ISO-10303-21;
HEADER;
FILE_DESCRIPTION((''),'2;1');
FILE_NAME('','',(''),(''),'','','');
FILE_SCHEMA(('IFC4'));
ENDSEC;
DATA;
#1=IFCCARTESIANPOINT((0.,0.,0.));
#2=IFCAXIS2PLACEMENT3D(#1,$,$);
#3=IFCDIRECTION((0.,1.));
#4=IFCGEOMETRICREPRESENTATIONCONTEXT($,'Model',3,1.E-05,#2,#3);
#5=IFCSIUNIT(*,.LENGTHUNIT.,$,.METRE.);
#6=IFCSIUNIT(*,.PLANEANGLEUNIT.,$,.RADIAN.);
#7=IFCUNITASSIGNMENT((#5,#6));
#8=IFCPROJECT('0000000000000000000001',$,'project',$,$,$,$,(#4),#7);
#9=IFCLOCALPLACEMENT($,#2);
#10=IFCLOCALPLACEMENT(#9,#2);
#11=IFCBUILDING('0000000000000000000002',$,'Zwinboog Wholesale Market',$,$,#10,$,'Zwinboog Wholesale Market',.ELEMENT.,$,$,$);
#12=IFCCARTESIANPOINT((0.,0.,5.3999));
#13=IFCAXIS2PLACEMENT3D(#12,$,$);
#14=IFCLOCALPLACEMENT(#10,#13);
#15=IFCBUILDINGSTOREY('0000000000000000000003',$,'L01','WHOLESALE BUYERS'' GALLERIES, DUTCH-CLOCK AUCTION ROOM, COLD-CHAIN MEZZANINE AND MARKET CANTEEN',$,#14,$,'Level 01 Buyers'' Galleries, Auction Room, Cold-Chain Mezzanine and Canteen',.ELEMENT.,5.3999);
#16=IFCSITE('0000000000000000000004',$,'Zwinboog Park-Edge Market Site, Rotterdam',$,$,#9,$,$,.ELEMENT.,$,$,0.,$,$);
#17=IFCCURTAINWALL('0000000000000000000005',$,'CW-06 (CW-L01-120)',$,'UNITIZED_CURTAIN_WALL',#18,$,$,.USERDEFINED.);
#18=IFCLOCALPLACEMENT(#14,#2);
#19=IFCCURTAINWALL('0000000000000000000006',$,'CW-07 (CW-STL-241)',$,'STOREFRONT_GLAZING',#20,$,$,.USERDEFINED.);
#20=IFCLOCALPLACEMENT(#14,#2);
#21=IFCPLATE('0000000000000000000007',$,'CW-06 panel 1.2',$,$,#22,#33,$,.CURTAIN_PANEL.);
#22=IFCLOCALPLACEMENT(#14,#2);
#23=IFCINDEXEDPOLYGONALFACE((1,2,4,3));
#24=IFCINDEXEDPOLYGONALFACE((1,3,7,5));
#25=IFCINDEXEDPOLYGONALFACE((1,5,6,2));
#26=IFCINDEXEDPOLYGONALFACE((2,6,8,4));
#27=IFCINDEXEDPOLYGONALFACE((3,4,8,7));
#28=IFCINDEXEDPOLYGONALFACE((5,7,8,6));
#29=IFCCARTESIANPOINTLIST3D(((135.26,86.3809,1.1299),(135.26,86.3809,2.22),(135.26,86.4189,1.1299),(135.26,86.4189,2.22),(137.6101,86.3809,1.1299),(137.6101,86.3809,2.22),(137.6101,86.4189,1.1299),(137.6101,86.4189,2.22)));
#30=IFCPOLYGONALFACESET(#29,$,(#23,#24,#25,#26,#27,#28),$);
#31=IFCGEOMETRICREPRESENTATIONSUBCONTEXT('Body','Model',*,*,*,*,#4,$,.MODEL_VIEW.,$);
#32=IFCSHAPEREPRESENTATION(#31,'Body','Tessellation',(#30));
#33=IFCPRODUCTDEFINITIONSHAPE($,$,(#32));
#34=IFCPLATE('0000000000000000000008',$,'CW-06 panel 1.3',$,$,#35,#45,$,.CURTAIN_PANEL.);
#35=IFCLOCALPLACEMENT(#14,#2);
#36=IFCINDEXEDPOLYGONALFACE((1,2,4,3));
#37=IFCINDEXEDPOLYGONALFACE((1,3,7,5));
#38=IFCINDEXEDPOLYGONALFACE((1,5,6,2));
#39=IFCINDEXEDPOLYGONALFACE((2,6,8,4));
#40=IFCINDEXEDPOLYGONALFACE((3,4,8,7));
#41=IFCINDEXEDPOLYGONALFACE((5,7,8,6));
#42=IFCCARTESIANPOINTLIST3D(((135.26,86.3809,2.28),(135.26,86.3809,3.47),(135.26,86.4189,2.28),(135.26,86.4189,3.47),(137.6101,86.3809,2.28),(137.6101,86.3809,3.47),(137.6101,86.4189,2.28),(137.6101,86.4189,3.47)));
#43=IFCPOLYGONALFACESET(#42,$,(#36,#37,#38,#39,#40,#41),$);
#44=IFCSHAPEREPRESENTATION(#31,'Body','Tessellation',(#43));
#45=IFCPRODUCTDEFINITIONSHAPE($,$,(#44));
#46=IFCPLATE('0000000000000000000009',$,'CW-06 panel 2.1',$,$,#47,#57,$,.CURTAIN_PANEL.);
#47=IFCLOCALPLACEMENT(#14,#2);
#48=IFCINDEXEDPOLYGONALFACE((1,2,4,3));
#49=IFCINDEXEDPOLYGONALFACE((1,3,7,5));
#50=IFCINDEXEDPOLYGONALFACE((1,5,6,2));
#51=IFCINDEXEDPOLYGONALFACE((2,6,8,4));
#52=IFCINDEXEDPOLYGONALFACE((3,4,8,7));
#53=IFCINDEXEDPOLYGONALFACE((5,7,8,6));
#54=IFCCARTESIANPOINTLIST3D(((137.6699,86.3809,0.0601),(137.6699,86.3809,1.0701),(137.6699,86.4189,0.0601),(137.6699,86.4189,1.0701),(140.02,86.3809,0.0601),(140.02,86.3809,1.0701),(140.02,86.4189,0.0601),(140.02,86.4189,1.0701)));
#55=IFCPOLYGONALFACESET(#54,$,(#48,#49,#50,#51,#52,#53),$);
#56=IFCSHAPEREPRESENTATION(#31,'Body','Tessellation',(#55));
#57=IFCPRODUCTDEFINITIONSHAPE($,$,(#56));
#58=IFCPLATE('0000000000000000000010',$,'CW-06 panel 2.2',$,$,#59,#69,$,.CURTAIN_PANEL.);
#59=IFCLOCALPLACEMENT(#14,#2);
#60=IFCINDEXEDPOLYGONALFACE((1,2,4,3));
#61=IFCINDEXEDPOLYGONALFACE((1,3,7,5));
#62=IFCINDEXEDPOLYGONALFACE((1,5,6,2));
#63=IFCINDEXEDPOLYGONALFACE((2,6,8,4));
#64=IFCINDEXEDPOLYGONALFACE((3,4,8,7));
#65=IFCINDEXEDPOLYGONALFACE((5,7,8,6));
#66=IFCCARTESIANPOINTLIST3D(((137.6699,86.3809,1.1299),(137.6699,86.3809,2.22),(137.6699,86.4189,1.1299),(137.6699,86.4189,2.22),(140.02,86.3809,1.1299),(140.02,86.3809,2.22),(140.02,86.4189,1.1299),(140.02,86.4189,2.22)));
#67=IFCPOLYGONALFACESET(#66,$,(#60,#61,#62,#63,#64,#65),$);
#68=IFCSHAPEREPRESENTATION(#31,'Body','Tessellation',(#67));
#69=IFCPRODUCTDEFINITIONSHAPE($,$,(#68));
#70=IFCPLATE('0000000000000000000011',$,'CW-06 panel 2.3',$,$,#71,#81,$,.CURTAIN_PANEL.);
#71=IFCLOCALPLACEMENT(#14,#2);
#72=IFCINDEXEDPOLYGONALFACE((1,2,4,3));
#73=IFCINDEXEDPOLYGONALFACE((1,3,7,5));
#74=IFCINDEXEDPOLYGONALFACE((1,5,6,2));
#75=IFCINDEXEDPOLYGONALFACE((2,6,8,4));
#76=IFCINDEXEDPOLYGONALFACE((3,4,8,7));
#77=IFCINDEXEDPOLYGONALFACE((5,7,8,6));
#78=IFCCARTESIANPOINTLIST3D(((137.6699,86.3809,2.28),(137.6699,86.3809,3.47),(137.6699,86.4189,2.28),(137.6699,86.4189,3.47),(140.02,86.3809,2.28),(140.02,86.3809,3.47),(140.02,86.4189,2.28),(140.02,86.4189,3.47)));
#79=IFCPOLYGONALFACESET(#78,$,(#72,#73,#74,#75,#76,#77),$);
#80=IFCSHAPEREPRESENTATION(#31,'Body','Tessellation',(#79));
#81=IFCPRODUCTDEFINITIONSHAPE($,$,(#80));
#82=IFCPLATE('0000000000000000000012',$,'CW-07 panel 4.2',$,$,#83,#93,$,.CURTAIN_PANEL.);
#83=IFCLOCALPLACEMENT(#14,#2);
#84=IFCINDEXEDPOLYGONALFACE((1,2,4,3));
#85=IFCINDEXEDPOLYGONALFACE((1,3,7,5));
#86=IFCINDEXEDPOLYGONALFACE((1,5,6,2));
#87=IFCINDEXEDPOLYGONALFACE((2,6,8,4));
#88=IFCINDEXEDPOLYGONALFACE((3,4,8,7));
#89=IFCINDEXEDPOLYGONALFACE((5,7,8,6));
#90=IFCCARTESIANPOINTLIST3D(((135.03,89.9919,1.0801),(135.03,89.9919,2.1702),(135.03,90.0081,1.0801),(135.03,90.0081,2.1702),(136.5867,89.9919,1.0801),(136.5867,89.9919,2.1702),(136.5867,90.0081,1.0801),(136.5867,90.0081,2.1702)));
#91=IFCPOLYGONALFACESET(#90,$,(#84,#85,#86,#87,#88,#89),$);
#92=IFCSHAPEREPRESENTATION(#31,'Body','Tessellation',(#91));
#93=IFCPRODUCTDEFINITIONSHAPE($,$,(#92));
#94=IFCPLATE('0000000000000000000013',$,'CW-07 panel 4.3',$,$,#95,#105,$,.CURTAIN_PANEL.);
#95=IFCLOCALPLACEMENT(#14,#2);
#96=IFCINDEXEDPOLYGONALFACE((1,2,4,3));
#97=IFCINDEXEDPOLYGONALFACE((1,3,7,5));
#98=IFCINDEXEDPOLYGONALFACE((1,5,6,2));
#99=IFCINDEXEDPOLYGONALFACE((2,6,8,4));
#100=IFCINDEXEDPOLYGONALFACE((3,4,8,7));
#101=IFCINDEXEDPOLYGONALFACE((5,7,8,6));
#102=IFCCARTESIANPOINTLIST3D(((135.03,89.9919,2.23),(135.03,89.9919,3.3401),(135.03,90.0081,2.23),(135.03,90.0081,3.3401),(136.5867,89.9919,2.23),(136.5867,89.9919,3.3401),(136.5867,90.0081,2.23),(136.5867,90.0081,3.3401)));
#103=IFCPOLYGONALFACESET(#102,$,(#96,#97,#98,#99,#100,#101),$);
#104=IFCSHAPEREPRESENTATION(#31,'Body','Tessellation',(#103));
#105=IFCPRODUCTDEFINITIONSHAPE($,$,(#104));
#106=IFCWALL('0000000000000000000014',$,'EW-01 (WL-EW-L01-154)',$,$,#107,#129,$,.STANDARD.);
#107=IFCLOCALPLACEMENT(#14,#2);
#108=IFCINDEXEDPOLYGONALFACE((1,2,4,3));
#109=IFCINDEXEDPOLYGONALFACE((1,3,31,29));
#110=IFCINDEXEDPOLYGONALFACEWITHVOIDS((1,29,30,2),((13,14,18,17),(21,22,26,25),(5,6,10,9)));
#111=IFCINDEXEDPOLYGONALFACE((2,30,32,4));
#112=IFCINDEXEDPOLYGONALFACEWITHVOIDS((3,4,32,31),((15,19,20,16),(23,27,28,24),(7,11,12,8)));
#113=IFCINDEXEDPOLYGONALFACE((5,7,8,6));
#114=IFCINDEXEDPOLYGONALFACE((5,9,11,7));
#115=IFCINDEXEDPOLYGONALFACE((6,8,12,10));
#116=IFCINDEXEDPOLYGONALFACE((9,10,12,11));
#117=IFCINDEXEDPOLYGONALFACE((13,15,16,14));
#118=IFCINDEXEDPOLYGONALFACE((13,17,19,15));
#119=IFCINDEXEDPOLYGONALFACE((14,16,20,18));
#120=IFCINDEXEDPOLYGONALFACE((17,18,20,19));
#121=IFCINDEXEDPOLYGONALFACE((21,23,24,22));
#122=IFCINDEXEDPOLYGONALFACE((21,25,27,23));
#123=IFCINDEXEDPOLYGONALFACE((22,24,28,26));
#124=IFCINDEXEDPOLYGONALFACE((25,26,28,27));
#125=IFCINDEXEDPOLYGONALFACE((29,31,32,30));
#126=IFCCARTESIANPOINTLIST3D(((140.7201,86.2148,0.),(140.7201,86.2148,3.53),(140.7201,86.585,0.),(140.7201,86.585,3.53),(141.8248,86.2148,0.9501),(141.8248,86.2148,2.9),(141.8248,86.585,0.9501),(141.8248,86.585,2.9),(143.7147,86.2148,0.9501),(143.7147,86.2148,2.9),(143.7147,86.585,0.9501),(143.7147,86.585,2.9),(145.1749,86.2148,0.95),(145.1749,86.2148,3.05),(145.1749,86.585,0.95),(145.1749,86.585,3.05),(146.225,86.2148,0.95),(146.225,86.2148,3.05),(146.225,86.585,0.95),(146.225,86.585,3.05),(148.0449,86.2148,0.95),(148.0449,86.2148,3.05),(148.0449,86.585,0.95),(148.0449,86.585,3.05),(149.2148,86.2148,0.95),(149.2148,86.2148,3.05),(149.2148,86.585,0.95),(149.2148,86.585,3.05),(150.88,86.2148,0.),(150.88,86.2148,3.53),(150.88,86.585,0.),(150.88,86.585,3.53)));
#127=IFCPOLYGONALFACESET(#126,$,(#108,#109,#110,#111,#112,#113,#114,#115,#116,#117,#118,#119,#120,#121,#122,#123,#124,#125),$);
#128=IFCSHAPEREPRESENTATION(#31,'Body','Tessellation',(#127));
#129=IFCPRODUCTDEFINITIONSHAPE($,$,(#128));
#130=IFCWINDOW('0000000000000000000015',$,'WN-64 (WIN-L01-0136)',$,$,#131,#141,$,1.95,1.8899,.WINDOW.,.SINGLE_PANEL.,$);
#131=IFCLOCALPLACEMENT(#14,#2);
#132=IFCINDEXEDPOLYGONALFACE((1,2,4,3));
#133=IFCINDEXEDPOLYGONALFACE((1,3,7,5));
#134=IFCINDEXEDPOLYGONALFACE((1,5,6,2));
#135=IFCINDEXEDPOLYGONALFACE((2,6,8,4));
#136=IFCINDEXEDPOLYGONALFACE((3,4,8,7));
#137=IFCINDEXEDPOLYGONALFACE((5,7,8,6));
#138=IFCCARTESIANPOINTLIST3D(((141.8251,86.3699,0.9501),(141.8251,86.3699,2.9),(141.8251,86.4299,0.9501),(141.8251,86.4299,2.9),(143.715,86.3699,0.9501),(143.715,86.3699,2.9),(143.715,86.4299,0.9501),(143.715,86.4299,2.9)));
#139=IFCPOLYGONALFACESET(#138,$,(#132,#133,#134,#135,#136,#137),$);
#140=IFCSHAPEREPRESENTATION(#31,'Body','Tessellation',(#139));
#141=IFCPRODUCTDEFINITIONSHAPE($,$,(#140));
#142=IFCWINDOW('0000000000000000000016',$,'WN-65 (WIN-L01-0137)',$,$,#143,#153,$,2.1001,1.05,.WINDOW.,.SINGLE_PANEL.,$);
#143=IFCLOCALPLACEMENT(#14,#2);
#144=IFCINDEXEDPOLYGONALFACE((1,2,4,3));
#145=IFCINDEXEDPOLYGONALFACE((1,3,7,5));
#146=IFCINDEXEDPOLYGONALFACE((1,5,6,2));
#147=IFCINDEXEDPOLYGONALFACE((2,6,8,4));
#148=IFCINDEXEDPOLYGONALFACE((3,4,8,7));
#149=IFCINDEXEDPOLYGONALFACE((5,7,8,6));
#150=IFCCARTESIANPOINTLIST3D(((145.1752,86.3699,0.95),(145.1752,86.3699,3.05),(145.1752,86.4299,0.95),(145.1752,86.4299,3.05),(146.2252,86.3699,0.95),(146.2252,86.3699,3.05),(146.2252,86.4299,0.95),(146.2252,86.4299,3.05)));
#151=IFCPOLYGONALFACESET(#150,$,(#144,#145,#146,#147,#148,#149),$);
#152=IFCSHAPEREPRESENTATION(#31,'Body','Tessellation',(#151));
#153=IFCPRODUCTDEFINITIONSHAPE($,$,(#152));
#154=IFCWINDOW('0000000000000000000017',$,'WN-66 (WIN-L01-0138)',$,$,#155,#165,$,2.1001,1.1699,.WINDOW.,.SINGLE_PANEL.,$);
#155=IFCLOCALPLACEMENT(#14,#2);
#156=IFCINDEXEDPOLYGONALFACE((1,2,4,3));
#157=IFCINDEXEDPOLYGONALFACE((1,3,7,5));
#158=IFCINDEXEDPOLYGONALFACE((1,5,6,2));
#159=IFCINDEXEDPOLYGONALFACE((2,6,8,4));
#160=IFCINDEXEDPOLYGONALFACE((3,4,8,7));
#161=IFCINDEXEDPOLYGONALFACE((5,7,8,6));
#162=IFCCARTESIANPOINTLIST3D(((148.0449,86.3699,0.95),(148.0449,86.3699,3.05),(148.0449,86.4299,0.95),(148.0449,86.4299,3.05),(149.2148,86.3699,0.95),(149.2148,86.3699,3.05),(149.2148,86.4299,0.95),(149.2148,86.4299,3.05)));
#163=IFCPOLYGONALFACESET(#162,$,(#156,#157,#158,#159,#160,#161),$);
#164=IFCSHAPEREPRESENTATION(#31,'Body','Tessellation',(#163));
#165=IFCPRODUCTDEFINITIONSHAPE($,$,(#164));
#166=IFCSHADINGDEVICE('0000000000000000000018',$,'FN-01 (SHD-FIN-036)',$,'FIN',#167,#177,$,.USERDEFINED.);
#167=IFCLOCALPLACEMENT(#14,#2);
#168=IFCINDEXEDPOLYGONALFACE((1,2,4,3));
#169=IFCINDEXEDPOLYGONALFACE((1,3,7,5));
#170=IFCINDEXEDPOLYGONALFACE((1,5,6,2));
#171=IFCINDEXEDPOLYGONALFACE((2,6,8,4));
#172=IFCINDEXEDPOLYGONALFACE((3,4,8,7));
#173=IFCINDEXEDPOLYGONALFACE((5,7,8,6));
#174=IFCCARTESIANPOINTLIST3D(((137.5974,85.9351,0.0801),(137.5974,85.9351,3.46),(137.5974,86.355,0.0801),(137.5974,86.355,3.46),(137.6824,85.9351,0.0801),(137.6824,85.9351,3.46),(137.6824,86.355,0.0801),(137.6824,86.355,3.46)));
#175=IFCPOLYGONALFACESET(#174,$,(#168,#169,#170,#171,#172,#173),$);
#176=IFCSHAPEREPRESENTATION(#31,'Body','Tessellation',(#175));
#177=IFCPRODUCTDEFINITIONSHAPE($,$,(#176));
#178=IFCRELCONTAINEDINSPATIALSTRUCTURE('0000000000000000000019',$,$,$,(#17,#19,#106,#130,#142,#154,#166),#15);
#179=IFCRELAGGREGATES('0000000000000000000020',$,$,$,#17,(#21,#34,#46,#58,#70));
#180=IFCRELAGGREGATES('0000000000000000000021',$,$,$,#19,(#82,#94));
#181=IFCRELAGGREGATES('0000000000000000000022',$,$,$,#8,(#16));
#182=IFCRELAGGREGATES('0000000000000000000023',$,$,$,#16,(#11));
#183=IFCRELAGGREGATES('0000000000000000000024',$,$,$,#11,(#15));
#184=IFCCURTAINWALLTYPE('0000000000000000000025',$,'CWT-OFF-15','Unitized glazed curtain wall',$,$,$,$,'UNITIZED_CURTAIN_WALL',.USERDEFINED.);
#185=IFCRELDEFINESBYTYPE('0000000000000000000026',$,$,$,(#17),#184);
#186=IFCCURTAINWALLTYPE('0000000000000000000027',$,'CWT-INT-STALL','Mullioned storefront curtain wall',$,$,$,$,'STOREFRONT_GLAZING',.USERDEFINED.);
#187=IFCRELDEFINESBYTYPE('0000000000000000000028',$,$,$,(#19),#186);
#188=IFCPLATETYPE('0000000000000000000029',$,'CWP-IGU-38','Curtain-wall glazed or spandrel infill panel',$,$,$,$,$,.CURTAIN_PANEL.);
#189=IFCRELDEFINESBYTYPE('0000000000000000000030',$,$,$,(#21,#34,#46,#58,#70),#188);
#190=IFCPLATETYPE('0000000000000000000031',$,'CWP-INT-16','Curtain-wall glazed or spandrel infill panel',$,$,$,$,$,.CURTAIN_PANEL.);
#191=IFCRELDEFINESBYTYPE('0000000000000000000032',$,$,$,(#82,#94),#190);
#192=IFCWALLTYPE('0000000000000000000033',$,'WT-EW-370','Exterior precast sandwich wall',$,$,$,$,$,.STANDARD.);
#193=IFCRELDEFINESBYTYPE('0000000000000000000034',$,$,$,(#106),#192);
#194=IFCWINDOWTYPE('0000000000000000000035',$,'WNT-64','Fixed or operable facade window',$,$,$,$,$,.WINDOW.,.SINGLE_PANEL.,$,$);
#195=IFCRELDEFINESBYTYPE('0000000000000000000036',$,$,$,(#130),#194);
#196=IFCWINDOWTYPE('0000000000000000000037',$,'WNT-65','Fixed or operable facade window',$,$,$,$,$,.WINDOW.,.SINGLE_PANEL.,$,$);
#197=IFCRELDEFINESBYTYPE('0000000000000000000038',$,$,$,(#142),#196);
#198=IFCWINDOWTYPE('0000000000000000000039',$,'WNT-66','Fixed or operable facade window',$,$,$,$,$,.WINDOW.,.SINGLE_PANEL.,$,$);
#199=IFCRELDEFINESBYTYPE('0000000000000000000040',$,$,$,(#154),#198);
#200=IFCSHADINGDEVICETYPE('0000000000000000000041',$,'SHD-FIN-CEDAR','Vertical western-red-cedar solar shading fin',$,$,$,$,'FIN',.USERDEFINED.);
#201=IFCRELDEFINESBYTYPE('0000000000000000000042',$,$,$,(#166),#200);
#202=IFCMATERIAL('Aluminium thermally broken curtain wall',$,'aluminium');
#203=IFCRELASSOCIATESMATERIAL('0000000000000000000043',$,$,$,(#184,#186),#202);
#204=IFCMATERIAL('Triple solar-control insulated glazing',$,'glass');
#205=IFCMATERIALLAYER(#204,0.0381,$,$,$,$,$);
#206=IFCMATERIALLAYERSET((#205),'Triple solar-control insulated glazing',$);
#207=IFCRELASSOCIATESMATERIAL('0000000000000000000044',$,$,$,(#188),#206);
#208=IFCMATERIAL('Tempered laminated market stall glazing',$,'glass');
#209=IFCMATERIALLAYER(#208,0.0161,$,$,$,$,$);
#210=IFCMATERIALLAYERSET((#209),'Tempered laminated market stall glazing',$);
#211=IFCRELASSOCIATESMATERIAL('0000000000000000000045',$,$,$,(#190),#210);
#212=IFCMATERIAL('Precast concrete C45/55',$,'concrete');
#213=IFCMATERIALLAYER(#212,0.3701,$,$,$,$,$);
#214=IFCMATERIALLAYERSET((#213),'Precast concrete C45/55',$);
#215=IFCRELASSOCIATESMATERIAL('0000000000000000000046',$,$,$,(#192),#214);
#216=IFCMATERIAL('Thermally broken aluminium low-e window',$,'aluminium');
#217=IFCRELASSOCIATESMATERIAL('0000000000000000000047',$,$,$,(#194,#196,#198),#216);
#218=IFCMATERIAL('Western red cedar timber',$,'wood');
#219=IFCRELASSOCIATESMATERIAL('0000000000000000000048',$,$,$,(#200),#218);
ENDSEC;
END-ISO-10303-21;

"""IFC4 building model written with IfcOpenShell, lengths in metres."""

from ifc_helpers import new_model, si_unit, direction, frame, frame_2d, origin, origin_2d, place, context, subcontext, project, spatial, rectangle, extrude, material, layer, layer_set, type_object, element, fill, aggregate, save


model = new_model("IFC4")

# Units and contexts
model_context = context("Model", 3, precision=1e-05, world=origin(), true_north=direction((0.0, 1.0)))
body_context = subcontext(model_context, "Body", "Model", "MODEL_VIEW")
ifc_project = project(units=[si_unit("LENGTHUNIT", "METRE"), si_unit("PLANEANGLEUNIT", "RADIAN")], contexts=[model_context])

# Site, building, storey
site_placement = place(None, origin())
site = spatial("IfcSite", under=ifc_project, at=site_placement, Name="Zwinboog Park-Edge Market Site, Rotterdam", CompositionType="ELEMENT", RefElevation=0.0)
building_placement = place(site_placement, origin())
building = spatial("IfcBuilding", under=site, at=building_placement, Name="Zwinboog Wholesale Market", LongName="Zwinboog Wholesale Market", CompositionType="ELEMENT")
storey_placement = place(building_placement, frame((0.0, 0.0, 5.3999)))
storey = spatial("IfcBuildingStorey", under=building, at=storey_placement, Name="L01", Description="WHOLESALE BUYERS' GALLERIES, DUTCH-CLOCK AUCTION ROOM, COLD-CHAIN MEZZANINE AND MARKET CANTEEN", LongName="Level 01 Buyers' Galleries, Auction Room, Cold-Chain Mezzanine and Canteen", CompositionType="ELEMENT", Elevation=5.3999)

# Shared definitions
ifc_material_1 = material(Name="Precast concrete C45/55", Category="concrete")

# Curtain wall
ifc_material_2 = material(Name="Aluminium thermally broken curtain wall", Category="aluminium")
curtain_wall_type_1 = type_object("IfcCurtainWallType", Name="CWT-OFF-15", Description="Unitized glazed curtain wall", ElementType="UNITIZED_CURTAIN_WALL", PredefinedType="USERDEFINED", material=ifc_material_2)
curtain_wall_1_placement = place(storey_placement, origin())
curtain_wall_1 = element("IfcCurtainWall", 1, at=curtain_wall_1_placement, inside=storey, type_object=curtain_wall_type_1, Name="CW-06 (CW-L01-120)", ObjectType="UNITIZED_CURTAIN_WALL", PredefinedType="USERDEFINED")

# Curtain wall
curtain_wall_type_2 = type_object("IfcCurtainWallType", Name="CWT-INT-STALL", Description="Mullioned storefront curtain wall", ElementType="STOREFRONT_GLAZING", PredefinedType="USERDEFINED", material=ifc_material_2)
curtain_wall_2_placement = place(storey_placement, origin())
curtain_wall_2 = element("IfcCurtainWall", 2, at=curtain_wall_2_placement, inside=storey, type_object=curtain_wall_type_2, Name="CW-07 (CW-STL-241)", ObjectType="STOREFRONT_GLAZING", PredefinedType="USERDEFINED")

# Plates
ifc_material_3 = material(Name="Triple solar-control insulated glazing", Category="glass")
ifc_layer_1 = layer(ifc_material_3, 0.0381)
ifc_layer_set_1 = layer_set([ifc_layer_1], Name="Triple solar-control insulated glazing")
plate_type_1 = type_object("IfcPlateType", Name="CWP-IGU-38", Description="Curtain-wall glazed or spandrel infill panel", PredefinedType="CURTAIN_PANEL", material=ifc_layer_set_1)
plate_1_placement = place(storey_placement, frame((136.4351, 86.3999, 1.1299), z_axis=(0.0, 0.0, 1.0), x_axis=(1.0, 0.0, 0.0)))
plate_1 = element("IfcPlate", 3, at=plate_1_placement, type_object=plate_type_1, Name="CW-06 panel 1.2", PredefinedType="CURTAIN_PANEL", context=body_context, shape_type="SweptSolid", body=[
    extrude(rectangle(XDim=2.3501, YDim=0.0381, at=origin_2d()), origin(), (0.0, 0.0, 1.0), 1.0901),
])
plate_2_placement = place(storey_placement, frame((136.4351, 86.3999, 2.28), z_axis=(0.0, 0.0, 1.0), x_axis=(1.0, 0.0, 0.0)))
plate_2 = element("IfcPlate", 4, at=plate_2_placement, type_object=plate_type_1, Name="CW-06 panel 1.3", PredefinedType="CURTAIN_PANEL", context=body_context, shape_type="SweptSolid", body=[
    extrude(rectangle(XDim=2.3501, YDim=0.0381, at=origin_2d()), origin(), (0.0, 0.0, 1.0), 1.1899),
])
plate_3_placement = place(storey_placement, frame((138.845, 86.3999, 0.0601), z_axis=(0.0, 0.0, 1.0), x_axis=(1.0, 0.0, 0.0)))
plate_3 = element("IfcPlate", 5, at=plate_3_placement, type_object=plate_type_1, Name="CW-06 panel 2.1", PredefinedType="CURTAIN_PANEL", context=body_context, shape_type="SweptSolid", body=[
    extrude(rectangle(XDim=2.3501, YDim=0.0381, at=origin_2d()), origin(), (0.0, 0.0, 1.0), 1.01),
])
plate_4_placement = place(storey_placement, frame((138.845, 86.3999, 1.1299), z_axis=(0.0, 0.0, 1.0), x_axis=(1.0, 0.0, 0.0)))
plate_4 = element("IfcPlate", 6, at=plate_4_placement, type_object=plate_type_1, Name="CW-06 panel 2.2", PredefinedType="CURTAIN_PANEL", context=body_context, shape_type="SweptSolid", body=[
    extrude(rectangle(XDim=2.3501, YDim=0.0381, at=origin_2d()), origin(), (0.0, 0.0, 1.0), 1.0901),
])
plate_5_placement = place(storey_placement, frame((138.845, 86.3999, 2.28), z_axis=(0.0, 0.0, 1.0), x_axis=(1.0, 0.0, 0.0)))
plate_5 = element("IfcPlate", 7, at=plate_5_placement, type_object=plate_type_1, Name="CW-06 panel 2.3", PredefinedType="CURTAIN_PANEL", context=body_context, shape_type="SweptSolid", body=[
    extrude(rectangle(XDim=2.3501, YDim=0.0381, at=origin_2d()), origin(), (0.0, 0.0, 1.0), 1.1899),
])
aggregate(curtain_wall_1, [plate_1, plate_2, plate_3, plate_4, plate_5])
ifc_material_4 = material(Name="Tempered laminated market stall glazing", Category="glass")
ifc_layer_2 = layer(ifc_material_4, 0.0161)
ifc_layer_set_2 = layer_set([ifc_layer_2], Name="Tempered laminated market stall glazing")
plate_type_2 = type_object("IfcPlateType", Name="CWP-INT-16", Description="Curtain-wall glazed or spandrel infill panel", PredefinedType="CURTAIN_PANEL", material=ifc_layer_set_2)
plate_6_placement = place(storey_placement, frame((135.8083, 90.0, 1.0801), z_axis=(0.0, 0.0, 1.0), x_axis=(1.0, 0.0, 0.0)))
plate_6 = element("IfcPlate", 8, at=plate_6_placement, type_object=plate_type_2, Name="CW-07 panel 4.2", PredefinedType="CURTAIN_PANEL", context=body_context, shape_type="SweptSolid", body=[
    extrude(rectangle(XDim=1.5566, YDim=0.0161, at=origin_2d()), origin(), (0.0, 0.0, 1.0), 1.0901),
])
plate_7_placement = place(storey_placement, frame((135.8083, 90.0, 2.23), z_axis=(0.0, 0.0, 1.0), x_axis=(1.0, 0.0, 0.0)))
plate_7 = element("IfcPlate", 9, at=plate_7_placement, type_object=plate_type_2, Name="CW-07 panel 4.3", PredefinedType="CURTAIN_PANEL", context=body_context, shape_type="SweptSolid", body=[
    extrude(rectangle(XDim=1.5566, YDim=0.0161, at=origin_2d()), origin(), (0.0, 0.0, 1.0), 1.1101),
])
aggregate(curtain_wall_2, [plate_6, plate_7])

# Wall, openings, windows
ifc_layer_3 = layer(ifc_material_1, 0.3701)
ifc_layer_set_3 = layer_set([ifc_layer_3], Name="Precast concrete C45/55")
wall_type = type_object("IfcWallType", Name="WT-EW-370", Description="Exterior precast sandwich wall", PredefinedType="STANDARD", material=ifc_layer_set_3)
wall_placement = place(storey_placement, frame((140.72, 86.3999, 0.0), z_axis=(0.0, 0.0, 1.0), x_axis=(1.0, 0.0, 0.0)))
wall = element("IfcWall", 10, at=wall_placement, inside=storey, type_object=wall_type, Name="EW-01 (WL-EW-L01-154)", PredefinedType="STANDARD", context=body_context, shape_type="SweptSolid", body=[
    extrude(rectangle(XDim=10.1599, YDim=0.3701, at=frame_2d((5.0801, 0.0))), origin(), (0.0, 0.0, 1.0), 3.53),
])
opening_1_placement = place(wall_placement, frame((1.105, 0.0, 0.95)))
opening_1 = element("IfcOpeningElement", 11, at=opening_1_placement, cuts=wall, PredefinedType="OPENING", context=body_context, shape_type="SweptSolid", body=[
    extrude(rectangle(XDim=1.8899, YDim=1.95, at=frame_2d((0.9448, 0.9751))), frame((0.0, 0.1951, 0.0), z_axis=(0.0, -1.0, 0.0), x_axis=(1.0, 0.0, 0.0)), (0.0, 0.0, 1.0), 0.3901),
])
opening_2_placement = place(wall_placement, frame((4.4551, 0.0, 0.95)))
opening_2 = element("IfcOpeningElement", 12, at=opening_2_placement, cuts=wall, PredefinedType="OPENING", context=body_context, shape_type="SweptSolid", body=[
    extrude(rectangle(XDim=1.05, YDim=2.1001, at=frame_2d((0.5249, 1.05))), frame((0.0, 0.1951, 0.0), z_axis=(0.0, -1.0, 0.0), x_axis=(1.0, 0.0, 0.0)), (0.0, 0.0, 1.0), 0.3901),
])
opening_3_placement = place(wall_placement, frame((7.325, 0.0, 0.95)))
opening_3 = element("IfcOpeningElement", 13, at=opening_3_placement, cuts=wall, PredefinedType="OPENING", context=body_context, shape_type="SweptSolid", body=[
    extrude(rectangle(XDim=1.1699, YDim=2.1001, at=frame_2d((0.585, 1.05))), frame((0.0, 0.1951, 0.0), z_axis=(0.0, -1.0, 0.0), x_axis=(1.0, 0.0, 0.0)), (0.0, 0.0, 1.0), 0.3901),
])
ifc_material_5 = material(Name="Thermally broken aluminium low-e window", Category="aluminium")
window_type_1 = type_object("IfcWindowType", Name="WNT-64", Description="Fixed or operable facade window", PartitioningType="SINGLE_PANEL", PredefinedType="WINDOW", material=ifc_material_5)
window_1_placement = place(opening_1_placement, frame((1.8899, 0.0, 0.0), z_axis=(0.0, 0.0, 1.0), x_axis=(-1.0, 0.0, 0.0)))
window_1 = element("IfcWindow", 14, at=window_1_placement, inside=storey, type_object=window_type_1, Name="WN-64 (WIN-L01-0136)", OverallHeight=1.95, OverallWidth=1.8899, PartitioningType="SINGLE_PANEL", PredefinedType="WINDOW", context=body_context, shape_type="SweptSolid", body=[
    extrude(rectangle(XDim=1.8899, YDim=1.95, at=frame_2d((0.9448, 0.9751))), frame((0.0, 0.03, 0.0), z_axis=(0.0, -1.0, 0.0), x_axis=(1.0, 0.0, 0.0)), (0.0, 0.0, 1.0), 0.0601),
])
fill(opening_1, window_1)
window_type_2 = type_object("IfcWindowType", Name="WNT-65", Description="Fixed or operable facade window", PartitioningType="SINGLE_PANEL", PredefinedType="WINDOW", material=ifc_material_5)
window_2_placement = place(opening_2_placement, frame((1.05, 0.0, 0.0), z_axis=(0.0, 0.0, 1.0), x_axis=(-1.0, 0.0, 0.0)))
window_2 = element("IfcWindow", 15, at=window_2_placement, inside=storey, type_object=window_type_2, Name="WN-65 (WIN-L01-0137)", OverallHeight=2.1001, OverallWidth=1.05, PartitioningType="SINGLE_PANEL", PredefinedType="WINDOW", context=body_context, shape_type="SweptSolid", body=[
    extrude(rectangle(XDim=1.05, YDim=2.1001, at=frame_2d((0.5249, 1.05))), frame((0.0, 0.03, 0.0), z_axis=(0.0, -1.0, 0.0), x_axis=(1.0, 0.0, 0.0)), (0.0, 0.0, 1.0), 0.0601),
])
fill(opening_2, window_2)
window_type_3 = type_object("IfcWindowType", Name="WNT-66", Description="Fixed or operable facade window", PartitioningType="SINGLE_PANEL", PredefinedType="WINDOW", material=ifc_material_5)
window_3_placement = place(opening_3_placement, frame((1.1699, 0.0, 0.0), z_axis=(0.0, 0.0, 1.0), x_axis=(-1.0, 0.0, 0.0)))
window_3 = element("IfcWindow", 16, at=window_3_placement, inside=storey, type_object=window_type_3, Name="WN-66 (WIN-L01-0138)", OverallHeight=2.1001, OverallWidth=1.1699, PartitioningType="SINGLE_PANEL", PredefinedType="WINDOW", context=body_context, shape_type="SweptSolid", body=[
    extrude(rectangle(XDim=1.1699, YDim=2.1001, at=frame_2d((0.585, 1.05))), frame((0.0, 0.03, 0.0), z_axis=(0.0, -1.0, 0.0), x_axis=(1.0, 0.0, 0.0)), (0.0, 0.0, 1.0), 0.0601),
])
fill(opening_3, window_3)

# Shading device
ifc_material_6 = material(Name="Western red cedar timber", Category="wood")
shading_device_type = type_object("IfcShadingDeviceType", Name="SHD-FIN-CEDAR", Description="Vertical western-red-cedar solar shading fin", ElementType="FIN", PredefinedType="USERDEFINED", material=ifc_material_6)
shading_device_placement = place(storey_placement, frame((137.6399, 86.145, 0.0801), z_axis=(0.0, 0.0, 1.0), x_axis=(0.0, 1.0, 0.0)))
element("IfcShadingDevice", 17, at=shading_device_placement, inside=storey, type_object=shading_device_type, Name="FN-01 (SHD-FIN-036)", ObjectType="FIN", PredefinedType="USERDEFINED", context=body_context, shape_type="SweptSolid", body=[
    extrude(rectangle(XDim=0.4199, YDim=0.085, at=origin_2d()), origin(), (0.0, 0.0, 1.0), 3.3799),
])

save(model, "model.ifc")
